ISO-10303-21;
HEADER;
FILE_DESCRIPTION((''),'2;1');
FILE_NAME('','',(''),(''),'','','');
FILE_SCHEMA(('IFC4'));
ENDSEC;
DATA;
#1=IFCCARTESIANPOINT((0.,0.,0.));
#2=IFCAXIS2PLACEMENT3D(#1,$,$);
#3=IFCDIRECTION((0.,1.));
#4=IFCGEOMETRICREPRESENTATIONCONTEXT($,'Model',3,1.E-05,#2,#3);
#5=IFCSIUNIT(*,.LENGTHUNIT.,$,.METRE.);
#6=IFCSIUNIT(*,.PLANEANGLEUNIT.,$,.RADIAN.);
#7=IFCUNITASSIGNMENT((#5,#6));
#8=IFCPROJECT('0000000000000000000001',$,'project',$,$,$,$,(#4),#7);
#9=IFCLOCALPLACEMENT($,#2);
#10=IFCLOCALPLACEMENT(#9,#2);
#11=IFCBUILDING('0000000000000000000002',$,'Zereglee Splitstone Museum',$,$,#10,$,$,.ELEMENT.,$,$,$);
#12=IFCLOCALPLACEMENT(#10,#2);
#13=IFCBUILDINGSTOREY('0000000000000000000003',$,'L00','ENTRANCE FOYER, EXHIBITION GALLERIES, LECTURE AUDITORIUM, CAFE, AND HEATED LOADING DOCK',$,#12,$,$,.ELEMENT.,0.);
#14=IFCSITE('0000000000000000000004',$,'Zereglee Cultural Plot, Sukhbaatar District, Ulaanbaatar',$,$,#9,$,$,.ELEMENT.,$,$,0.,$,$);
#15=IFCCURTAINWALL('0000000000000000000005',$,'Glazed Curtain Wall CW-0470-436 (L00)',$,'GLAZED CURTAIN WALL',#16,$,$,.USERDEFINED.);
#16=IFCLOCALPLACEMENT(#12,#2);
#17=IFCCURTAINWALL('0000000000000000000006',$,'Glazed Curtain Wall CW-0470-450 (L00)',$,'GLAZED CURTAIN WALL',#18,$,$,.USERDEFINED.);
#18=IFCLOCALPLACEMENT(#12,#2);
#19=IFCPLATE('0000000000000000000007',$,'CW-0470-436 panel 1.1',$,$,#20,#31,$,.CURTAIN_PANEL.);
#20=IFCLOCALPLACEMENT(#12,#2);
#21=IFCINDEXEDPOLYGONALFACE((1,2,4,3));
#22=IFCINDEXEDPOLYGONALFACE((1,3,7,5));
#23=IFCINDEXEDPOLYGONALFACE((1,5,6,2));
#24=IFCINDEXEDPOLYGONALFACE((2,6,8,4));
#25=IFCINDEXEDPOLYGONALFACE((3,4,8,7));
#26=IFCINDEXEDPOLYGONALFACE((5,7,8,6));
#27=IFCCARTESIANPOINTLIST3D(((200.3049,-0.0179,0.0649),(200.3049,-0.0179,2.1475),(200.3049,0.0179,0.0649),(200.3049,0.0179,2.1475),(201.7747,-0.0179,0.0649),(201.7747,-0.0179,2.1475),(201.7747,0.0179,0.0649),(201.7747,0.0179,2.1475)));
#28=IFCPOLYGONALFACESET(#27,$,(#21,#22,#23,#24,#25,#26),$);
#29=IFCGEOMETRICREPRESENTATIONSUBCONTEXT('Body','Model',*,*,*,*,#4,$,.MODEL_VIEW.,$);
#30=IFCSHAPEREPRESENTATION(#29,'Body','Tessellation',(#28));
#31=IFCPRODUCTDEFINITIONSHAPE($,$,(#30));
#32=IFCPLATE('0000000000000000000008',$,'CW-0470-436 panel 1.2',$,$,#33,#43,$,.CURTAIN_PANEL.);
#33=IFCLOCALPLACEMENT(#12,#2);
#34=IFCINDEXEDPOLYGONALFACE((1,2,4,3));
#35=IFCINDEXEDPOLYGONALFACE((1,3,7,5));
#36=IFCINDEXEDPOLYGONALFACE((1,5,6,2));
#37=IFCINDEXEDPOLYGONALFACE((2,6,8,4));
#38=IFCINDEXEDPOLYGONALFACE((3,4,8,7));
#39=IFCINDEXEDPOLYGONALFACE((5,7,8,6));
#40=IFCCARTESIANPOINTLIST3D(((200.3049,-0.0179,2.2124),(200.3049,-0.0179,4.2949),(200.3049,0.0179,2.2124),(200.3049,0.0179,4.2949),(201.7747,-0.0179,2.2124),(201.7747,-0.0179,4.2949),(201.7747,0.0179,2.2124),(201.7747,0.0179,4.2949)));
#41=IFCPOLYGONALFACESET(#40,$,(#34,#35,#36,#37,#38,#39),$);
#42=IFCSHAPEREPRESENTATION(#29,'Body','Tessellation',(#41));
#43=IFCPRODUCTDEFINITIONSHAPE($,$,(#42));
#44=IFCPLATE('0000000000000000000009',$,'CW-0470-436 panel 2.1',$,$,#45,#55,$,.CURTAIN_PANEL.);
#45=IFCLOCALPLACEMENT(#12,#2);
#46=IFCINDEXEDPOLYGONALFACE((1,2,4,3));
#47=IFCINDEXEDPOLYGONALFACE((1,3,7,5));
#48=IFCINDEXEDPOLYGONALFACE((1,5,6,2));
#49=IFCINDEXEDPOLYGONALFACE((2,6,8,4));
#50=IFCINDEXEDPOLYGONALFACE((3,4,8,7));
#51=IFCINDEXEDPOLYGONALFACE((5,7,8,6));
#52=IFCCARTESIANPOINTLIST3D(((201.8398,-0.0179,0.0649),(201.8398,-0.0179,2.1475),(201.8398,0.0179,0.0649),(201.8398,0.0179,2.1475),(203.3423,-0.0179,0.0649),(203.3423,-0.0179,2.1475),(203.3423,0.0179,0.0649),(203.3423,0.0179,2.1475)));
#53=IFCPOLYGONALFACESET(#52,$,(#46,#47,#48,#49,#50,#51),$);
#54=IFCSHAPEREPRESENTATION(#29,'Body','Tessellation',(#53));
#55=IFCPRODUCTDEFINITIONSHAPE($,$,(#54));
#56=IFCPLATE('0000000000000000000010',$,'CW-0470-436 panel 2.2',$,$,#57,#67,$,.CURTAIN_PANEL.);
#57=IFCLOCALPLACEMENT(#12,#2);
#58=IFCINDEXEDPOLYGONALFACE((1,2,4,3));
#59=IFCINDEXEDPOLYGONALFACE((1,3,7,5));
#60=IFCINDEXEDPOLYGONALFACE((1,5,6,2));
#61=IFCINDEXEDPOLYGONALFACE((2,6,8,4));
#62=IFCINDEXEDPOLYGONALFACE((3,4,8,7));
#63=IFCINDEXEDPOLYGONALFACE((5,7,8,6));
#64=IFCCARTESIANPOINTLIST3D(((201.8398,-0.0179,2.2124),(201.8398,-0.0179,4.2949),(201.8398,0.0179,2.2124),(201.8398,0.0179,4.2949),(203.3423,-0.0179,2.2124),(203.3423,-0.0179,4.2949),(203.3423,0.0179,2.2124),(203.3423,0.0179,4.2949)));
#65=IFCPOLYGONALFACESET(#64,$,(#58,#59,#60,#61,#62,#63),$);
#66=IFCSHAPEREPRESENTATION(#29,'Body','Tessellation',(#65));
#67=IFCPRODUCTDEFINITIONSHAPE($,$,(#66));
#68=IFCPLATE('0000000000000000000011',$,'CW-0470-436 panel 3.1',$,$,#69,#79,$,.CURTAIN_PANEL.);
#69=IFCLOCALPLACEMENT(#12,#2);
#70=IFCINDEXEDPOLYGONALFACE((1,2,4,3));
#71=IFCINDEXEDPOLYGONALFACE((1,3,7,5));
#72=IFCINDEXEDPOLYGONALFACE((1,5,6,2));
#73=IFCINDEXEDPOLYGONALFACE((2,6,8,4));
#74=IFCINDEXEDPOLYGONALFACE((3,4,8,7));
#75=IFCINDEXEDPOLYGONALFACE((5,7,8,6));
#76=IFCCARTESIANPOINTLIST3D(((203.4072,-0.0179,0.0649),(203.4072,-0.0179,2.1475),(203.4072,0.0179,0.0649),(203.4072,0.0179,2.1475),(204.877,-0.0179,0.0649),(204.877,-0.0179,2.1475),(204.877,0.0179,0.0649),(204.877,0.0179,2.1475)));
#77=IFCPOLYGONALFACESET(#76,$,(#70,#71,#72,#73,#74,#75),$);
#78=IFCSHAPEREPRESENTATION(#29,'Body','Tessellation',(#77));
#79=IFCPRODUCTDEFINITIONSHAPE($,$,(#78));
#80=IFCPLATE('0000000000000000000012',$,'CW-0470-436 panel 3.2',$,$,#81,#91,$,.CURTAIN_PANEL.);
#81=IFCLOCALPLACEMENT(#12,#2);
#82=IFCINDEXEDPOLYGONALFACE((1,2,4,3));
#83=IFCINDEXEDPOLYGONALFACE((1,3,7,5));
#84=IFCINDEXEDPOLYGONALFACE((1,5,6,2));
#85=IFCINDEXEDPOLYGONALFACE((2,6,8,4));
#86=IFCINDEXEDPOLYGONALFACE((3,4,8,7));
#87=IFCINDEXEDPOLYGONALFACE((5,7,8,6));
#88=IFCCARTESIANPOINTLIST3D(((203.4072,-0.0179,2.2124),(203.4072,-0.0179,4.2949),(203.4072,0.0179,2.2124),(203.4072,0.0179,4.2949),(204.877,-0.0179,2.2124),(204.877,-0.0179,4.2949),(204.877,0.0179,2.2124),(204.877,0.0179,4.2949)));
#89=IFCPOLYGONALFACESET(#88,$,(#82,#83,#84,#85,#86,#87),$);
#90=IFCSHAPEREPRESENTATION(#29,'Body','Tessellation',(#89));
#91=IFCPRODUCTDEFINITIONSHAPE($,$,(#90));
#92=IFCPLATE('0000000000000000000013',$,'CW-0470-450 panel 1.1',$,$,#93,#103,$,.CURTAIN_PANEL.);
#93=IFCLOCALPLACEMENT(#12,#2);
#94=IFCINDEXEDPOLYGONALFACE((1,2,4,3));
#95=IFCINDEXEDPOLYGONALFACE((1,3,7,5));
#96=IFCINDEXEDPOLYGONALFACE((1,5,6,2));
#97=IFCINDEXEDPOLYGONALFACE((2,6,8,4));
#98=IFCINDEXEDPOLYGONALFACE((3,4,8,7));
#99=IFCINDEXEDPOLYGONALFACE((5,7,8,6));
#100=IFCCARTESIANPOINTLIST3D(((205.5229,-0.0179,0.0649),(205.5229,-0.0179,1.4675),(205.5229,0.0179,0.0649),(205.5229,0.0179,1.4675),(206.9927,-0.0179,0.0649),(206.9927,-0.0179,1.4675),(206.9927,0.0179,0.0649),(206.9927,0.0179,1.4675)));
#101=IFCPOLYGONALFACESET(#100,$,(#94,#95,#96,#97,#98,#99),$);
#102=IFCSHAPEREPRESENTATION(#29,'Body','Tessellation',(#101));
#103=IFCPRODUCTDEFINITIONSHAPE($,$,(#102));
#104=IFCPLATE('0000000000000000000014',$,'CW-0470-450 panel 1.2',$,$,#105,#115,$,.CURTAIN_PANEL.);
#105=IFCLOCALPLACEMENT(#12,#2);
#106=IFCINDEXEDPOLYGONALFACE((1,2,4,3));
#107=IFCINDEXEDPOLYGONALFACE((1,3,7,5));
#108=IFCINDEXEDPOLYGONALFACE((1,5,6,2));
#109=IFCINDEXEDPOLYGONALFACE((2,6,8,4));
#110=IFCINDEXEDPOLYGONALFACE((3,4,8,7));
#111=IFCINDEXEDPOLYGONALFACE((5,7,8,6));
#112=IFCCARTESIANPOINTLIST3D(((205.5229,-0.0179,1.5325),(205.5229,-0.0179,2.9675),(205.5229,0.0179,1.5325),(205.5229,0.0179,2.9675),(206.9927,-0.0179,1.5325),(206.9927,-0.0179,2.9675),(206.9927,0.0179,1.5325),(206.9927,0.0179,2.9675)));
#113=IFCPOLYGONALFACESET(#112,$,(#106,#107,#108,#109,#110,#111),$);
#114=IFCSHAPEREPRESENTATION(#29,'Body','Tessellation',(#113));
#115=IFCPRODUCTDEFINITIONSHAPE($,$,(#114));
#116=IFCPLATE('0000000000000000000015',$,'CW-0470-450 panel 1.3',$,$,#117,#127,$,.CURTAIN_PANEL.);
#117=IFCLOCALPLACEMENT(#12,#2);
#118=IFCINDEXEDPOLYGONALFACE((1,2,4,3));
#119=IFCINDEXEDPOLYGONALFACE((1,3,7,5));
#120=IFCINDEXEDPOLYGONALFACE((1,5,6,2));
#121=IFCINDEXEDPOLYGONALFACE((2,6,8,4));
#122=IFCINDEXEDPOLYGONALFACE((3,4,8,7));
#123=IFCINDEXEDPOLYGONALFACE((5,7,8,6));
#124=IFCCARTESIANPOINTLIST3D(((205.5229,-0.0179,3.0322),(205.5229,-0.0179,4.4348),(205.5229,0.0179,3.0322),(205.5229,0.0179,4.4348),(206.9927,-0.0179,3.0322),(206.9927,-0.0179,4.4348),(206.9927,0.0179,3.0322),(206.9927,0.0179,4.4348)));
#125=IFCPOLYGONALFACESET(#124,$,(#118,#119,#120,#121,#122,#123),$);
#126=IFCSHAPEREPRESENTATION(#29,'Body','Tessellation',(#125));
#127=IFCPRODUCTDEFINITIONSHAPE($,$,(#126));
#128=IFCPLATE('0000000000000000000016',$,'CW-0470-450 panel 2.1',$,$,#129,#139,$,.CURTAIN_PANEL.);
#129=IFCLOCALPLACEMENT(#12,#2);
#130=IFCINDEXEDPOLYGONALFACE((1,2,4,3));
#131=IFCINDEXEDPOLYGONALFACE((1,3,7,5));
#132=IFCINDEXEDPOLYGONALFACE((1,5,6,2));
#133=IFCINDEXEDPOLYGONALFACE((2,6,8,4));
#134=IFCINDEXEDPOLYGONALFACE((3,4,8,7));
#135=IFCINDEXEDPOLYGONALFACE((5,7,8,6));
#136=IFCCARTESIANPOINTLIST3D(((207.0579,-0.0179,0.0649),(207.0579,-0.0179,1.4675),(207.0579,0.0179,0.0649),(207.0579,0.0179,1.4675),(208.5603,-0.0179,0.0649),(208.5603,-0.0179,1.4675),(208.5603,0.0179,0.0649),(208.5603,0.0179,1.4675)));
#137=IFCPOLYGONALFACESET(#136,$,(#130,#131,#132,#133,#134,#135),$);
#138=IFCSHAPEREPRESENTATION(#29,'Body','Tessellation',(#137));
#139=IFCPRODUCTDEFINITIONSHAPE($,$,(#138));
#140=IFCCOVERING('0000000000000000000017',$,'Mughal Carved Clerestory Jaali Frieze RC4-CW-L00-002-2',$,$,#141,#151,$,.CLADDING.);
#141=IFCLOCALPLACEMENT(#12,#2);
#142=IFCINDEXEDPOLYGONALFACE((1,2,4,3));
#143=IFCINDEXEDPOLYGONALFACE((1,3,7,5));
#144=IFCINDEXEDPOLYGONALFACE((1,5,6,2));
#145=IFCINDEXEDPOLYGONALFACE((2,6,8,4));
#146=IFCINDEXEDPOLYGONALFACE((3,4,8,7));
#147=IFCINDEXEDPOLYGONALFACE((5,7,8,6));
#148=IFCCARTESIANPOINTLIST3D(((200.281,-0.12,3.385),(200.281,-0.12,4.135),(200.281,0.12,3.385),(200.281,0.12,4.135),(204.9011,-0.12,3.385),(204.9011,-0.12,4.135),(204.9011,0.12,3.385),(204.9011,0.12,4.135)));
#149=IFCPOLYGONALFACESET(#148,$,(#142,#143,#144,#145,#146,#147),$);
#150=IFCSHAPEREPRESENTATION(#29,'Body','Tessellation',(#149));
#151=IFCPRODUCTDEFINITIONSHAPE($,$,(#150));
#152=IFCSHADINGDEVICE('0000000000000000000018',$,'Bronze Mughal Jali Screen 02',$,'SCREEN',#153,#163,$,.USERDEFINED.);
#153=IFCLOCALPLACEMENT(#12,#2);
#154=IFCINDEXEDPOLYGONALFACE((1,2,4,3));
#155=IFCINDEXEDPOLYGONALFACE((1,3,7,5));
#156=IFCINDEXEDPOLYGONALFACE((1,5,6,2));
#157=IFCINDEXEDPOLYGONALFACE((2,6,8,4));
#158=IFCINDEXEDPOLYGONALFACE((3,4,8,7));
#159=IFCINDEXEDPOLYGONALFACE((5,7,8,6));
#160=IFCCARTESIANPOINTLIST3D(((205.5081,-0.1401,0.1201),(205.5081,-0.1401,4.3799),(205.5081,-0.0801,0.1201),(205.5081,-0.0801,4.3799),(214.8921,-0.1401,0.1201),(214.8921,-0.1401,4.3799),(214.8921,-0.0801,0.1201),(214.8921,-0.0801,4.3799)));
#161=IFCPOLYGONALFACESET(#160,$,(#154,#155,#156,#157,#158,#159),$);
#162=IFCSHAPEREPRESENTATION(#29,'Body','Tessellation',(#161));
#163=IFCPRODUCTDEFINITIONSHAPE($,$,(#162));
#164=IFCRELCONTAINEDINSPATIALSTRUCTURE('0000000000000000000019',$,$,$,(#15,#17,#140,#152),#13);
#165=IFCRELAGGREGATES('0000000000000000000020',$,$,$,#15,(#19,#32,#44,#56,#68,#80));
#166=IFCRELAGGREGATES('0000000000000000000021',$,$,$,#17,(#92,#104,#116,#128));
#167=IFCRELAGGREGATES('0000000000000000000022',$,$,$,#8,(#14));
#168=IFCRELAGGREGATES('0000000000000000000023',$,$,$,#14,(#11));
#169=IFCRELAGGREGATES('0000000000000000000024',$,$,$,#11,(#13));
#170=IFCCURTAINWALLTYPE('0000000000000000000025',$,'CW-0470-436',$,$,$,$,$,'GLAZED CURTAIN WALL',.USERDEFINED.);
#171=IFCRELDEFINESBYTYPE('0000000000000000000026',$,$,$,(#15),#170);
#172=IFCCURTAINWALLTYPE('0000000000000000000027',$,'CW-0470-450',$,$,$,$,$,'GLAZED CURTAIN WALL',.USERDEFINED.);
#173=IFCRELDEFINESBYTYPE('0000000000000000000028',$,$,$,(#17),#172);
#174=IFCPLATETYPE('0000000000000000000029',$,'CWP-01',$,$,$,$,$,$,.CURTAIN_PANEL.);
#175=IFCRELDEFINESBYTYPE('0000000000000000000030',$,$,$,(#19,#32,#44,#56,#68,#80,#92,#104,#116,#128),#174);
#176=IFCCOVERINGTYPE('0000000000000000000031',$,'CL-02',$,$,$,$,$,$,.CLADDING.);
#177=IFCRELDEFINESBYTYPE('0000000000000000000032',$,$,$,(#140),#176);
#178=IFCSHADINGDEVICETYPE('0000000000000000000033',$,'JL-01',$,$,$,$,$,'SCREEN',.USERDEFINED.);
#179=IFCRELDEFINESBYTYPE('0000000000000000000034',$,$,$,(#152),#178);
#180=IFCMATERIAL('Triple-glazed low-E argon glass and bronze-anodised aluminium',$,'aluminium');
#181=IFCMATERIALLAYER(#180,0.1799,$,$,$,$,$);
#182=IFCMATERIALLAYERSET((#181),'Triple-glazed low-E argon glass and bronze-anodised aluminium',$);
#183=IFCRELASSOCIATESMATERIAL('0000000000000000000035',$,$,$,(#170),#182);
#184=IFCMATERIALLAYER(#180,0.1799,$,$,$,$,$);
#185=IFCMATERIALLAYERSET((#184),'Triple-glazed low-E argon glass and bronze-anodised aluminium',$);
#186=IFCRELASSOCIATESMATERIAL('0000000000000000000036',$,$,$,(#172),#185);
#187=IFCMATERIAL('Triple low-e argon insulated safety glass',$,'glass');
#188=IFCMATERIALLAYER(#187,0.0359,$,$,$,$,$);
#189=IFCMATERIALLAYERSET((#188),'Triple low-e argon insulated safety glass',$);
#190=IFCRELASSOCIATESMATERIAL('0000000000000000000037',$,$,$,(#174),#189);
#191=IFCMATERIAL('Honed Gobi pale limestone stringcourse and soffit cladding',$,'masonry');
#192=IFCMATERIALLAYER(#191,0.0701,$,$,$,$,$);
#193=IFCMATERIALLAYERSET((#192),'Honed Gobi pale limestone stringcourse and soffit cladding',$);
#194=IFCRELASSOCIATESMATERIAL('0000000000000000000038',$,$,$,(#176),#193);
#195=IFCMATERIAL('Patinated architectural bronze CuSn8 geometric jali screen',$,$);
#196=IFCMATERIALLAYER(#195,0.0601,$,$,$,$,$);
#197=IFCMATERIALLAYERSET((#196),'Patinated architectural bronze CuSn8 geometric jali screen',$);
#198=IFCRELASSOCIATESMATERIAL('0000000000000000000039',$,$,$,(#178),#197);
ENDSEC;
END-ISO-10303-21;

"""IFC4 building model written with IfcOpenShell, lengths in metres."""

from ifc_helpers import new_model, si_unit, direction, frame, origin, origin_2d, place, context, subcontext, project, spatial, polyline, rectangle, outline, extrude, material, layer, layer_set, type_object, element, aggregate, save


model = new_model("IFC4")

# Units and contexts
model_context = context("Model", 3, precision=1e-05, world=origin(), true_north=direction((0.0, 1.0)))
body_context = subcontext(model_context, "Body", "Model", "MODEL_VIEW")
ifc_project = project(units=[si_unit("LENGTHUNIT", "METRE"), si_unit("PLANEANGLEUNIT", "RADIAN")], contexts=[model_context])

# Site, building, storey
site_placement = place(None, origin())
site = spatial("IfcSite", under=ifc_project, at=site_placement, Name="Zereglee Cultural Plot, Sukhbaatar District, Ulaanbaatar", CompositionType="ELEMENT", RefElevation=0.0)
building_placement = place(site_placement, origin())
building = spatial("IfcBuilding", under=site, at=building_placement, Name="Zereglee Splitstone Museum", CompositionType="ELEMENT")
storey_placement = place(building_placement, origin())
storey = spatial("IfcBuildingStorey", under=building, at=storey_placement, Name="L00", Description="ENTRANCE FOYER, EXHIBITION GALLERIES, LECTURE AUDITORIUM, CAFE, AND HEATED LOADING DOCK", CompositionType="ELEMENT", Elevation=0.0)

# Shared definitions
ifc_material_1 = material(Name="Triple-glazed low-E argon glass and bronze-anodised aluminium", Category="aluminium")

# Curtain walls
ifc_layer_1 = layer(ifc_material_1, 0.1799)
ifc_layer_set_1 = layer_set([ifc_layer_1], Name="Triple-glazed low-E argon glass and bronze-anodised aluminium")
curtain_wall_type_1 = type_object("IfcCurtainWallType", Name="CW-0470-436", ElementType="GLAZED CURTAIN WALL", PredefinedType="USERDEFINED", material=ifc_layer_set_1)
curtain_wall_1_placement = place(storey_placement, origin())
curtain_wall_1 = element("IfcCurtainWall", 1, at=curtain_wall_1_placement, inside=storey, type_object=curtain_wall_type_1, Name="Glazed Curtain Wall CW-0470-436 (L00)", ObjectType="GLAZED CURTAIN WALL", PredefinedType="USERDEFINED")
ifc_layer_2 = layer(ifc_material_1, 0.1799)
ifc_layer_set_2 = layer_set([ifc_layer_2], Name="Triple-glazed low-E argon glass and bronze-anodised aluminium")
curtain_wall_type_2 = type_object("IfcCurtainWallType", Name="CW-0470-450", ElementType="GLAZED CURTAIN WALL", PredefinedType="USERDEFINED", material=ifc_layer_set_2)
curtain_wall_2_placement = place(storey_placement, origin())
curtain_wall_2 = element("IfcCurtainWall", 2, at=curtain_wall_2_placement, inside=storey, type_object=curtain_wall_type_2, Name="Glazed Curtain Wall CW-0470-450 (L00)", ObjectType="GLAZED CURTAIN WALL", PredefinedType="USERDEFINED")

# Plates
ifc_material_2 = material(Name="Triple low-e argon insulated safety glass", Category="glass")
ifc_layer_3 = layer(ifc_material_2, 0.0359)
ifc_layer_set_3 = layer_set([ifc_layer_3], Name="Triple low-e argon insulated safety glass")
plate_type = type_object("IfcPlateType", Name="CWP-01", PredefinedType="CURTAIN_PANEL", material=ifc_layer_set_3)
plate_1_placement = place(storey_placement, frame((201.0398, 0.0, 0.0649), z_axis=(0.0, 0.0, 1.0), x_axis=(1.0, 0.0, 0.0)))
plate_1 = element("IfcPlate", 3, at=plate_1_placement, type_object=plate_type, Name="CW-0470-436 panel 1.1", PredefinedType="CURTAIN_PANEL", context=body_context, shape_type="SweptSolid", body=[
    extrude(rectangle(XDim=1.4697, YDim=0.0359, at=origin_2d()), origin(), (0.0, 0.0, 1.0), 2.0825),
])
plate_2_placement = place(storey_placement, frame((201.0398, 0.0, 2.2124), z_axis=(0.0, 0.0, 1.0), x_axis=(1.0, 0.0, 0.0)))
plate_2 = element("IfcPlate", 4, at=plate_2_placement, type_object=plate_type, Name="CW-0470-436 panel 1.2", PredefinedType="CURTAIN_PANEL", context=body_context, shape_type="SweptSolid", body=[
    extrude(rectangle(XDim=1.4697, YDim=0.0359, at=origin_2d()), origin(), (0.0, 0.0, 1.0), 2.0825),
])
plate_3_placement = place(storey_placement, frame((202.5911, 0.0, 0.0649), z_axis=(0.0, 0.0, 1.0), x_axis=(1.0, 0.0, 0.0)))
plate_3 = element("IfcPlate", 5, at=plate_3_placement, type_object=plate_type, Name="CW-0470-436 panel 2.1", PredefinedType="CURTAIN_PANEL", context=body_context, shape_type="SweptSolid", body=[
    extrude(rectangle(XDim=1.5024, YDim=0.0359, at=origin_2d()), origin(), (0.0, 0.0, 1.0), 2.0825),
])
plate_4_placement = place(storey_placement, frame((202.5911, 0.0, 2.2124), z_axis=(0.0, 0.0, 1.0), x_axis=(1.0, 0.0, 0.0)))
plate_4 = element("IfcPlate", 6, at=plate_4_placement, type_object=plate_type, Name="CW-0470-436 panel 2.2", PredefinedType="CURTAIN_PANEL", context=body_context, shape_type="SweptSolid", body=[
    extrude(rectangle(XDim=1.5024, YDim=0.0359, at=origin_2d()), origin(), (0.0, 0.0, 1.0), 2.0825),
])
plate_5_placement = place(storey_placement, frame((204.1421, 0.0, 0.0649), z_axis=(0.0, 0.0, 1.0), x_axis=(1.0, 0.0, 0.0)))
plate_5 = element("IfcPlate", 7, at=plate_5_placement, type_object=plate_type, Name="CW-0470-436 panel 3.1", PredefinedType="CURTAIN_PANEL", context=body_context, shape_type="SweptSolid", body=[
    extrude(rectangle(XDim=1.4697, YDim=0.0359, at=origin_2d()), origin(), (0.0, 0.0, 1.0), 2.0825),
])
plate_6_placement = place(storey_placement, frame((204.1421, 0.0, 2.2124), z_axis=(0.0, 0.0, 1.0), x_axis=(1.0, 0.0, 0.0)))
plate_6 = element("IfcPlate", 8, at=plate_6_placement, type_object=plate_type, Name="CW-0470-436 panel 3.2", PredefinedType="CURTAIN_PANEL", context=body_context, shape_type="SweptSolid", body=[
    extrude(rectangle(XDim=1.4697, YDim=0.0359, at=origin_2d()), origin(), (0.0, 0.0, 1.0), 2.0825),
])
aggregate(curtain_wall_1, [plate_1, plate_2, plate_3, plate_4, plate_5, plate_6])
plate_7_placement = place(storey_placement, frame((206.2578, 0.0, 0.0649), z_axis=(0.0, 0.0, 1.0), x_axis=(1.0, 0.0, 0.0)))
plate_7 = element("IfcPlate", 9, at=plate_7_placement, type_object=plate_type, Name="CW-0470-450 panel 1.1", PredefinedType="CURTAIN_PANEL", context=body_context, shape_type="SweptSolid", body=[
    extrude(rectangle(XDim=1.4697, YDim=0.0359, at=origin_2d()), origin(), (0.0, 0.0, 1.0), 1.4026),
])
plate_8_placement = place(storey_placement, frame((206.2578, 0.0, 1.5325), z_axis=(0.0, 0.0, 1.0), x_axis=(1.0, 0.0, 0.0)))
plate_8 = element("IfcPlate", 10, at=plate_8_placement, type_object=plate_type, Name="CW-0470-450 panel 1.2", PredefinedType="CURTAIN_PANEL", context=body_context, shape_type="SweptSolid", body=[
    extrude(rectangle(XDim=1.4697, YDim=0.0359, at=origin_2d()), origin(), (0.0, 0.0, 1.0), 1.4351),
])
plate_9_placement = place(storey_placement, frame((206.2578, 0.0, 3.0322), z_axis=(0.0, 0.0, 1.0), x_axis=(1.0, 0.0, 0.0)))
plate_9 = element("IfcPlate", 11, at=plate_9_placement, type_object=plate_type, Name="CW-0470-450 panel 1.3", PredefinedType="CURTAIN_PANEL", context=body_context, shape_type="SweptSolid", body=[
    extrude(rectangle(XDim=1.4697, YDim=0.0359, at=origin_2d()), origin(), (0.0, 0.0, 1.0), 1.4026),
])
plate_10_placement = place(storey_placement, frame((207.8091, 0.0, 0.0649), z_axis=(0.0, 0.0, 1.0), x_axis=(1.0, 0.0, 0.0)))
plate_10 = element("IfcPlate", 12, at=plate_10_placement, type_object=plate_type, Name="CW-0470-450 panel 2.1", PredefinedType="CURTAIN_PANEL", context=body_context, shape_type="SweptSolid", body=[
    extrude(rectangle(XDim=1.5024, YDim=0.0359, at=origin_2d()), origin(), (0.0, 0.0, 1.0), 1.4026),
])
aggregate(curtain_wall_2, [plate_7, plate_8, plate_9, plate_10])

# Covering
ifc_material_3 = material(Name="Honed Gobi pale limestone stringcourse and soffit cladding", Category="masonry")
ifc_layer_4 = layer(ifc_material_3, 0.0701)
ifc_layer_set_4 = layer_set([ifc_layer_4], Name="Honed Gobi pale limestone stringcourse and soffit cladding")
covering_type = type_object("IfcCoveringType", Name="CL-02", PredefinedType="CLADDING", material=ifc_layer_set_4)
covering_placement = place(storey_placement, frame((202.5911, 0.0, 3.385), z_axis=(0.0, 0.0, 1.0), x_axis=(1.0, 0.0, 0.0)))
element("IfcCovering", 13, at=covering_placement, inside=storey, type_object=covering_type, Name="Mughal Carved Clerestory Jaali Frieze RC4-CW-L00-002-2", PredefinedType="CLADDING", context=body_context, shape_type="SweptSolid", body=[
    extrude(rectangle(XDim=4.6201, YDim=0.24, at=origin_2d()), origin(), (0.0, 0.0, 1.0), 0.75),
])

# Shading device
ifc_material_4 = material(Name="Patinated architectural bronze CuSn8 geometric jali screen")
ifc_layer_5 = layer(ifc_material_4, 0.0601)
ifc_layer_set_5 = layer_set([ifc_layer_5], Name="Patinated architectural bronze CuSn8 geometric jali screen")
shading_device_type = type_object("IfcShadingDeviceType", Name="JL-01", ElementType="SCREEN", PredefinedType="USERDEFINED", material=ifc_layer_set_5)
shading_device_placement = place(storey_placement, frame((205.5081, -0.0801, 0.1201), z_axis=(0.0, -1.0, 0.0), x_axis=(1.0, 0.0, 0.0)))
element("IfcShadingDevice", 14, at=shading_device_placement, inside=storey, type_object=shading_device_type, Name="Bronze Mughal Jali Screen 02", ObjectType="SCREEN", PredefinedType="USERDEFINED", context=body_context, shape_type="SweptSolid", body=[
    extrude(outline(polyline([(0.0, 0.0), (9.384, 0.0), (9.384, 4.2598), (0.0, 4.2598), (0.0, 0.0)])), origin(), (0.0, 0.0, 1.0), 0.0601),
])

save(model, "model.ifc")
